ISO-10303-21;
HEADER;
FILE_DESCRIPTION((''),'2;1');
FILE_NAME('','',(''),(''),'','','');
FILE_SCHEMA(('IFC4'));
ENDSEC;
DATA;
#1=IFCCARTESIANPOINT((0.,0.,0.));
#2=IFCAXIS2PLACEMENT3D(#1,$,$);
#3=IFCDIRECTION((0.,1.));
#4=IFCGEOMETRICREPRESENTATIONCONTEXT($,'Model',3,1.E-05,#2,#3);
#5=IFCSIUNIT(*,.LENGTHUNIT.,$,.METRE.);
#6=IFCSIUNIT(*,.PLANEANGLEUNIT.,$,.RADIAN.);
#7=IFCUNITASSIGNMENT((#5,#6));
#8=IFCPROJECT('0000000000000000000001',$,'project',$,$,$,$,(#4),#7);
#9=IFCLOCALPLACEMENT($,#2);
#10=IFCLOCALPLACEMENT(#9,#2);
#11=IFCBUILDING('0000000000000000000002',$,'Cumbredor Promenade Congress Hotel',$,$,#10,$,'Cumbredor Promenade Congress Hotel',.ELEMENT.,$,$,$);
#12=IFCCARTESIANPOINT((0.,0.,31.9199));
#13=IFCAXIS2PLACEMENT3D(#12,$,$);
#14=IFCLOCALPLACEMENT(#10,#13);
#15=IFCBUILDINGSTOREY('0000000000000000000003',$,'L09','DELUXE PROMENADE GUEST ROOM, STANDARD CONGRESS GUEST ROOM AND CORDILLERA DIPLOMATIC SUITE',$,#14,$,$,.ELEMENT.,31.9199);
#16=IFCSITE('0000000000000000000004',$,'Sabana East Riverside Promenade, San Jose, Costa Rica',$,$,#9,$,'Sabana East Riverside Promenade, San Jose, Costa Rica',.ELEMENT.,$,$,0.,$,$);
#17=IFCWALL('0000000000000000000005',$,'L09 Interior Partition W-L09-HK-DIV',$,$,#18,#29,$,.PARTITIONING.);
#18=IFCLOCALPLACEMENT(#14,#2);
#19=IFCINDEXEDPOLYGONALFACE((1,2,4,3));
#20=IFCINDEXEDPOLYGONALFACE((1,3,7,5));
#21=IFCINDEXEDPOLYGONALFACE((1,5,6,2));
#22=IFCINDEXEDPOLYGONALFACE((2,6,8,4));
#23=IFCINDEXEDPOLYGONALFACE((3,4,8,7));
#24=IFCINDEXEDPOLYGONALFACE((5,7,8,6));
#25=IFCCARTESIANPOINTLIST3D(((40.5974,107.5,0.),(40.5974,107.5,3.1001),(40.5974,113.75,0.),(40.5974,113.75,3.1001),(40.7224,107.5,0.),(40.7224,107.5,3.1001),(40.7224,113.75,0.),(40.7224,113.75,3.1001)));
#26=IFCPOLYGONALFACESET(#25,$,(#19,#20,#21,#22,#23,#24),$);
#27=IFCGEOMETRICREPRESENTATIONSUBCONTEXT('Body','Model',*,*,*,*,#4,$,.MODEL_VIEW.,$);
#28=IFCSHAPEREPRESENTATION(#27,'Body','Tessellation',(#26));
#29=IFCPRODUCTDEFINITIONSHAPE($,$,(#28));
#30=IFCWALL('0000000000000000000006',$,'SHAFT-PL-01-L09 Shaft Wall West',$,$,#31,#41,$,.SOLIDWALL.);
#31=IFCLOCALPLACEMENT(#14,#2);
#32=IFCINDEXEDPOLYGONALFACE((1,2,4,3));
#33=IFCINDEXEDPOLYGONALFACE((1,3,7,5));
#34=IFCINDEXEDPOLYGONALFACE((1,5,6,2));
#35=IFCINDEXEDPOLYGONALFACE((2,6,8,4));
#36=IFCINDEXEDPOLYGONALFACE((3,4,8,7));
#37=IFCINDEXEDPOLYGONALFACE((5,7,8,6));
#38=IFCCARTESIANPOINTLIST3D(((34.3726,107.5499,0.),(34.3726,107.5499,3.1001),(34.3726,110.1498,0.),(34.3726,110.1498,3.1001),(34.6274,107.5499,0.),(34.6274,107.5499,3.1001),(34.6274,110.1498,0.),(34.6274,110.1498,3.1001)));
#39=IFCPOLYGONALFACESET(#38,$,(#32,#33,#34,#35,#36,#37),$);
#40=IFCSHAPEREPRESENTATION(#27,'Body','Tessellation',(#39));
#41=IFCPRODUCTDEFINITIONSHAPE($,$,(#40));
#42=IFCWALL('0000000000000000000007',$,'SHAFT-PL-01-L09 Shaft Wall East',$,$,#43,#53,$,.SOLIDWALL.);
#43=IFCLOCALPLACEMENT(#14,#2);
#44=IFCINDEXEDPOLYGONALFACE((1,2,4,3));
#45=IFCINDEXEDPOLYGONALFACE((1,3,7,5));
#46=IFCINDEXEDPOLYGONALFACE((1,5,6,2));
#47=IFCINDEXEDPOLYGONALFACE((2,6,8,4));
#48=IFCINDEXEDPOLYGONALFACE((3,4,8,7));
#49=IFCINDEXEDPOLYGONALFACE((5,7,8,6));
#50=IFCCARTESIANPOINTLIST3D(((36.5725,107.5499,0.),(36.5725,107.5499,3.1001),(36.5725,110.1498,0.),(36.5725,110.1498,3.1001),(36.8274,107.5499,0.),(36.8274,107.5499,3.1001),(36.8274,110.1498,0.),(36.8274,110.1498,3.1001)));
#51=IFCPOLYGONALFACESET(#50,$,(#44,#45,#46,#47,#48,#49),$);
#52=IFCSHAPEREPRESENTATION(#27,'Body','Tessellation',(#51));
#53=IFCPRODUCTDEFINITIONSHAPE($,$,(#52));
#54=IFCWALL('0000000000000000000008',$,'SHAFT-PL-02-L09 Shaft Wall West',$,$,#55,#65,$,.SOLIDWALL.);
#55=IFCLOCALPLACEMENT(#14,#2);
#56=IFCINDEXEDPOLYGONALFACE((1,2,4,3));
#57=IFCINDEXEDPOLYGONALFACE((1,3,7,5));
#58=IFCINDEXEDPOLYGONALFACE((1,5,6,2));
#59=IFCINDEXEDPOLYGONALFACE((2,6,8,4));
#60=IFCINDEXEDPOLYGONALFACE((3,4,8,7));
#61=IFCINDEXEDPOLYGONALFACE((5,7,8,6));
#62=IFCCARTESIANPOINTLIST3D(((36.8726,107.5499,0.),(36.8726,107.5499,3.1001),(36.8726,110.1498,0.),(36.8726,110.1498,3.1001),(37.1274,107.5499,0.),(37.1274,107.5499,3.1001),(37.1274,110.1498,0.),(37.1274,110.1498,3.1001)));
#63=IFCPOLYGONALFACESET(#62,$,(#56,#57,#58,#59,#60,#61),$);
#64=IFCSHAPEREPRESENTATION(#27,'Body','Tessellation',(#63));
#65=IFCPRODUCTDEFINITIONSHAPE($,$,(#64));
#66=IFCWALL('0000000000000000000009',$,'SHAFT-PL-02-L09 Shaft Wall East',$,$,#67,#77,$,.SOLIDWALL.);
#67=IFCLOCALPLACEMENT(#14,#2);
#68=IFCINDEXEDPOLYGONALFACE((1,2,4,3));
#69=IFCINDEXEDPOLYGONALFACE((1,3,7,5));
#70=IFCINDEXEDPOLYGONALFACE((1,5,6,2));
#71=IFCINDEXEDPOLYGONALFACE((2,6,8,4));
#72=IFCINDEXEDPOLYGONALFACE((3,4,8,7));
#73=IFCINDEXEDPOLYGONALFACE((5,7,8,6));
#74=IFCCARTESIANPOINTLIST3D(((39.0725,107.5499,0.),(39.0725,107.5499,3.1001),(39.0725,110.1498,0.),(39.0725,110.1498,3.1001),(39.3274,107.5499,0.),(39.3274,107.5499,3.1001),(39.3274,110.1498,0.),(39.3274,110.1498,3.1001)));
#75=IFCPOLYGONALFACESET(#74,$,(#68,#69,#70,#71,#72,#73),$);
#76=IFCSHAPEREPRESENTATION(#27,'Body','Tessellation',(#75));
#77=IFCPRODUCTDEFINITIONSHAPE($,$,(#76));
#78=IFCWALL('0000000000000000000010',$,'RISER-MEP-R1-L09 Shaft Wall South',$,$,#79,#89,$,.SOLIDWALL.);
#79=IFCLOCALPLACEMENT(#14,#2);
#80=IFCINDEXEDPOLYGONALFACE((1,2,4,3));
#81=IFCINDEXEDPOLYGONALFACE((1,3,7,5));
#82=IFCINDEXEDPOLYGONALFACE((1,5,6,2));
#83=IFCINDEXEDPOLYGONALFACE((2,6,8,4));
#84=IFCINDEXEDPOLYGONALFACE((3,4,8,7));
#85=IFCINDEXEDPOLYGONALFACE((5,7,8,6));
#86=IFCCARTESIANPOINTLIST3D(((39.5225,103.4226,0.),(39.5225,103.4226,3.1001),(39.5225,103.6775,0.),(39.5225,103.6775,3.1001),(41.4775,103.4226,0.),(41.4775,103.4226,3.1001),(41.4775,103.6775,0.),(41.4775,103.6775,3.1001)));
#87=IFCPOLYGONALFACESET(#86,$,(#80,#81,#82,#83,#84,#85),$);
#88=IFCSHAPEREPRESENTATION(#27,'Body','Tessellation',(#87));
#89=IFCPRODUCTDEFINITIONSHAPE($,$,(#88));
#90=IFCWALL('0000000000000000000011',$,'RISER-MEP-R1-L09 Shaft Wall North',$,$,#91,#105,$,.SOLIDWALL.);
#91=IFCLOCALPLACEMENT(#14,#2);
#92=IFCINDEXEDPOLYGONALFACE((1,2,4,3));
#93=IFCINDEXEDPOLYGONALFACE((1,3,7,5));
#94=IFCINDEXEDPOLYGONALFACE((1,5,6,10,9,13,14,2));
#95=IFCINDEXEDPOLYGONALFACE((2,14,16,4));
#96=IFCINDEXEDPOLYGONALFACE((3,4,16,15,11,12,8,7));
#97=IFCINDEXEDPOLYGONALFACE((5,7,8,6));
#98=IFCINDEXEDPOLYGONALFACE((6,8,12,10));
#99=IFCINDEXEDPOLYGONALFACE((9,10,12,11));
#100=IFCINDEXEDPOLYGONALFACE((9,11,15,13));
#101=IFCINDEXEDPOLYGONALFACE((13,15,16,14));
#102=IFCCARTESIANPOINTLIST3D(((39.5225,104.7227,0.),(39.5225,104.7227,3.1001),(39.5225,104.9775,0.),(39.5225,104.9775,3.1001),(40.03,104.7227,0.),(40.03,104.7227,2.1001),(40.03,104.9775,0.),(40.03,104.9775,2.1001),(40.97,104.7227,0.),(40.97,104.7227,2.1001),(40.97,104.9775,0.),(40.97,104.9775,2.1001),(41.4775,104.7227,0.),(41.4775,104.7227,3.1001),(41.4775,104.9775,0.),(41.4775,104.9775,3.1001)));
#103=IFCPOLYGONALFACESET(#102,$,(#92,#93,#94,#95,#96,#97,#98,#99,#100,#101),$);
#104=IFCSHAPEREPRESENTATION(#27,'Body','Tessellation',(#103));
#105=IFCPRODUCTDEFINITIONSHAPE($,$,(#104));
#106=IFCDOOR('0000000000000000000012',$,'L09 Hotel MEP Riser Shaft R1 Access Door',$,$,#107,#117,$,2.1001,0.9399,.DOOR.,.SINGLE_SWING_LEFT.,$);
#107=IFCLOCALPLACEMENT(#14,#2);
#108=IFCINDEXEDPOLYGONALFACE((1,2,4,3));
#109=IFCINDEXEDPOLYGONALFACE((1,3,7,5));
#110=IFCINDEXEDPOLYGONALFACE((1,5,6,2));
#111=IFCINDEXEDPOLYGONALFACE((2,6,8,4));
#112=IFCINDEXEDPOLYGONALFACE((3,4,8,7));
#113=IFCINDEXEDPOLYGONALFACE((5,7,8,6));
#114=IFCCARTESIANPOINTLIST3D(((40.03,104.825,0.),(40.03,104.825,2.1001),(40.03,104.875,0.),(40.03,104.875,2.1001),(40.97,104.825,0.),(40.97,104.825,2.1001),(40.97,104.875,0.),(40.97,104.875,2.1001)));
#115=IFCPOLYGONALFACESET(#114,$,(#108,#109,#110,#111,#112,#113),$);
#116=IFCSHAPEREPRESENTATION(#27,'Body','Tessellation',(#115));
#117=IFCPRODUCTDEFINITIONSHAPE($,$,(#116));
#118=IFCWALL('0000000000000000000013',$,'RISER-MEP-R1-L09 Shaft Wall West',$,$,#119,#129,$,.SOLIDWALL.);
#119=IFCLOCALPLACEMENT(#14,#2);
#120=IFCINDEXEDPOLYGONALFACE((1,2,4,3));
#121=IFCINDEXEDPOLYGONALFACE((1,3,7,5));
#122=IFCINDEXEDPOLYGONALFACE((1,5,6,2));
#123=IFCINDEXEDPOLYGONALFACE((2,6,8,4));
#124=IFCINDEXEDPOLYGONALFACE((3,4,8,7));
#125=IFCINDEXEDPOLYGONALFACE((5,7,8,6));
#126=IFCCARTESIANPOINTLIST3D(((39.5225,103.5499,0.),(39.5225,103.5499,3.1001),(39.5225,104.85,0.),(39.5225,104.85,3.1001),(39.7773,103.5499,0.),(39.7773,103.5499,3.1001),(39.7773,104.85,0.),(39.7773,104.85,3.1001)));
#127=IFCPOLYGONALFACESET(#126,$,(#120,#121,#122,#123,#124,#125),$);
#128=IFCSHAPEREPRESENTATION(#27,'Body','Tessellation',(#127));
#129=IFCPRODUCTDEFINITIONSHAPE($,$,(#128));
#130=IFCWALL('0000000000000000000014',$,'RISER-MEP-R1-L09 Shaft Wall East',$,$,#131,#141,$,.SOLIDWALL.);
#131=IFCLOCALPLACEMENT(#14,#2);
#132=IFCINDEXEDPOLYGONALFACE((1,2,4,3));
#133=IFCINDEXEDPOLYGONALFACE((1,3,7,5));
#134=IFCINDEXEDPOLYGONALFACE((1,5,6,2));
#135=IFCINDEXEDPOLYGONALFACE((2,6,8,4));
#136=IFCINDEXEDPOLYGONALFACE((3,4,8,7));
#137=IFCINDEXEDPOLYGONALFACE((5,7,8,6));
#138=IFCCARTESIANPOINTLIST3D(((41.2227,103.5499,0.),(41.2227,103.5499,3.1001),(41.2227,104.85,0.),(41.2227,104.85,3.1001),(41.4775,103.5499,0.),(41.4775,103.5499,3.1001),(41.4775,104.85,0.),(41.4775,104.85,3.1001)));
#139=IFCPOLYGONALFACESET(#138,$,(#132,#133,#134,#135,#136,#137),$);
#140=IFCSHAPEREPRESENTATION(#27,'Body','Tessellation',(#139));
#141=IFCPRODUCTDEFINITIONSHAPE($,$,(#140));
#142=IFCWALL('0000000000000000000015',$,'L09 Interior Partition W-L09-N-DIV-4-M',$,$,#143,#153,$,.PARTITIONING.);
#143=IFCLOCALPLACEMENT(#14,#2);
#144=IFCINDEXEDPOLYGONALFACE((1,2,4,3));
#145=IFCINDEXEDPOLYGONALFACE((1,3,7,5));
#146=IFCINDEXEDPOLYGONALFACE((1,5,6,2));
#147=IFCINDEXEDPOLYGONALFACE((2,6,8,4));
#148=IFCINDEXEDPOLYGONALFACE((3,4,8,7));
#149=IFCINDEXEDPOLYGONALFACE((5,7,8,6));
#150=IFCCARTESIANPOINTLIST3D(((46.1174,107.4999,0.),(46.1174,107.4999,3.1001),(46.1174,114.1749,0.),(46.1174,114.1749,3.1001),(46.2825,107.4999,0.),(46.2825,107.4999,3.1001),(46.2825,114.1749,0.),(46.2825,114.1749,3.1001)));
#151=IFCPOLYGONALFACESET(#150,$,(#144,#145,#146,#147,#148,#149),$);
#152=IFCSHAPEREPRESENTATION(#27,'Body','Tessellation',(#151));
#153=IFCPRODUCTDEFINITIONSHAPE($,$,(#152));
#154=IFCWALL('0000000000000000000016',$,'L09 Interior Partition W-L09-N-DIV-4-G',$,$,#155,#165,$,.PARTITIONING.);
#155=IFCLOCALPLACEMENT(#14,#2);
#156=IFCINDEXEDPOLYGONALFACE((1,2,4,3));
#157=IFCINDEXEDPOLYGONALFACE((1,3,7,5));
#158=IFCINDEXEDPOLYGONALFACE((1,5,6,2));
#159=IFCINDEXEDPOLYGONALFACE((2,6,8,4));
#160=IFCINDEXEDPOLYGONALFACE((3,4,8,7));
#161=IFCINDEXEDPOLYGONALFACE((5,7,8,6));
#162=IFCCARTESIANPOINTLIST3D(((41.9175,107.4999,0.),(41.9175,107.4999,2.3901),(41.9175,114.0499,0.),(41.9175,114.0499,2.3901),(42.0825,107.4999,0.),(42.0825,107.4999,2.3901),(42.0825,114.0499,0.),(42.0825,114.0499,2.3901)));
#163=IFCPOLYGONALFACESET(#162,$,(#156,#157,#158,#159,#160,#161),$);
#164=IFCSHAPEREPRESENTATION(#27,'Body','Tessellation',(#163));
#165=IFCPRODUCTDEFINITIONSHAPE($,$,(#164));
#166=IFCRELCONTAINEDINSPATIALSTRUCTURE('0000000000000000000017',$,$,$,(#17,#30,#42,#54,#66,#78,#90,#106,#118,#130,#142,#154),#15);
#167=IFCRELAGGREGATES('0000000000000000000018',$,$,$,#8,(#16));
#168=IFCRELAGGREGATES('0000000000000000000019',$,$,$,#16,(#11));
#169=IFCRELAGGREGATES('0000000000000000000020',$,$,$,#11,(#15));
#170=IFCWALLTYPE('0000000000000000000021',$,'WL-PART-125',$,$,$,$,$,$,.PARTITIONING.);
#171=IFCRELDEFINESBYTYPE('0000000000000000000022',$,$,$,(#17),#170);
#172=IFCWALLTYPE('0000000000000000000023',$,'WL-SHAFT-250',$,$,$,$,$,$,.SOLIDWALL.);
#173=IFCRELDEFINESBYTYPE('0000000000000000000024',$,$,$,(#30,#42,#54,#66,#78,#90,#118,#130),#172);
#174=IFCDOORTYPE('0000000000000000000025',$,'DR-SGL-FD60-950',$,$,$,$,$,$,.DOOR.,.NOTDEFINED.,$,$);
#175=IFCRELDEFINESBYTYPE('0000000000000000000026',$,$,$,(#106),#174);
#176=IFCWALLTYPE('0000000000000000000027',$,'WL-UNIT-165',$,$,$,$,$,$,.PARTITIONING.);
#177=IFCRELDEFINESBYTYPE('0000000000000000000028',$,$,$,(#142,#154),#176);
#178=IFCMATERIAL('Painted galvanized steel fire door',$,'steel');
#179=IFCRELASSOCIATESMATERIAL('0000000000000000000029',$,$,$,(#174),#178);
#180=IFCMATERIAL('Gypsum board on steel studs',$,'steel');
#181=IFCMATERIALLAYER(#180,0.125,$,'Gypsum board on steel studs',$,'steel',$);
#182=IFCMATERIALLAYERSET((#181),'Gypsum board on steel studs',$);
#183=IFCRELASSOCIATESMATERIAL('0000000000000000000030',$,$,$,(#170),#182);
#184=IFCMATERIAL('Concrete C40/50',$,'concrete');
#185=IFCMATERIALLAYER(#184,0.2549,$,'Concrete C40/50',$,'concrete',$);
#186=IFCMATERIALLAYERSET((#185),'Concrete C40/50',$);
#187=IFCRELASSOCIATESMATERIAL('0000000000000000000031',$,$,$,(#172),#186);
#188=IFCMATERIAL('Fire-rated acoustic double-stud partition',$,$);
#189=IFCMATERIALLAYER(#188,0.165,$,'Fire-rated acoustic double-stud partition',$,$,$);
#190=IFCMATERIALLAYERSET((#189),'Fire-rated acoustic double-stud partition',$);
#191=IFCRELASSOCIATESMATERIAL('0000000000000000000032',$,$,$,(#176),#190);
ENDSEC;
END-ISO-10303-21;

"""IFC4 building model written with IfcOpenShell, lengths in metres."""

from ifc_helpers import new_model, si_unit, direction, frame, frame_2d, origin, place, context, subcontext, project, spatial, rectangle, extrude, material, layer, layer_set, type_object, element, fill, save


model = new_model("IFC4")

# Units and contexts
model_context = context("Model", 3, precision=1e-05, world=origin(), true_north=direction((0.0, 1.0)))
body_context = subcontext(model_context, "Body", "Model", "MODEL_VIEW")
ifc_project = project(units=[si_unit("LENGTHUNIT", "METRE"), si_unit("PLANEANGLEUNIT", "RADIAN")], contexts=[model_context])

# Site, building, storey
site_placement = place(None, origin())
site = spatial("IfcSite", under=ifc_project, at=site_placement, Name="Sabana East Riverside Promenade, San Jose, Costa Rica", LongName="Sabana East Riverside Promenade, San Jose, Costa Rica", CompositionType="ELEMENT", RefElevation=0.0)
building_placement = place(site_placement, origin())
building = spatial("IfcBuilding", under=site, at=building_placement, Name="Cumbredor Promenade Congress Hotel", LongName="Cumbredor Promenade Congress Hotel", CompositionType="ELEMENT")
storey_placement = place(building_placement, frame((0.0, 0.0, 31.9199)))
storey = spatial("IfcBuildingStorey", under=building, at=storey_placement, Name="L09", Description="DELUXE PROMENADE GUEST ROOM, STANDARD CONGRESS GUEST ROOM AND CORDILLERA DIPLOMATIC SUITE", CompositionType="ELEMENT", Elevation=31.9199)

# Shared definitions
ifc_material_1 = material(Name="Painted galvanized steel fire door", Category="steel")
door_type_1 = type_object("IfcDoorType", Name="DR-SGL-FD60-950", OperationType="NOTDEFINED", PredefinedType="DOOR", material=ifc_material_1)

# Wall
ifc_material_2 = material(Name="Gypsum board on steel studs", Category="steel")
ifc_layer_1 = layer(ifc_material_2, 0.125, Name="Gypsum board on steel studs", Category="steel")
ifc_layer_set_1 = layer_set([ifc_layer_1], Name="Gypsum board on steel studs")
wall_type_1 = type_object("IfcWallType", Name="WL-PART-125", PredefinedType="PARTITIONING", material=ifc_layer_set_1)
wall_1_placement = place(storey_placement, frame((40.6599, 107.5, 0.0), z_axis=(0.0, 0.0, 1.0), x_axis=(0.0, 1.0, 0.0)))
element("IfcWall", 1, at=wall_1_placement, inside=storey, type_object=wall_type_1, Name="L09 Interior Partition W-L09-HK-DIV", PredefinedType="PARTITIONING", context=body_context, shape_type="SweptSolid", body=[
    extrude(rectangle(XDim=6.25, YDim=0.125, at=frame_2d((3.125, 0.0))), origin(), (0.0, 0.0, 1.0), 3.1001),
])

# Shared definitions
ifc_material_3 = material(Name="Concrete C40/50", Category="concrete")
ifc_layer_2 = layer(ifc_material_3, 0.2549, Name="Concrete C40/50", Category="concrete")
ifc_layer_set_2 = layer_set([ifc_layer_2], Name="Concrete C40/50")
wall_type_2 = type_object("IfcWallType", Name="WL-SHAFT-250", PredefinedType="SOLIDWALL", material=ifc_layer_set_2)

# Walls
for number, where, z_axis, x_axis, name in (
    (2, (34.5, 107.55, 0.0), (0.0, 0.0, 1.0), (0.0, 1.0, 0.0), "SHAFT-PL-01-L09 Shaft Wall West"),
    (3, (36.7, 107.55, 0.0), (0.0, 0.0, 1.0), (0.0, 1.0, 0.0), "SHAFT-PL-01-L09 Shaft Wall East"),
):
    element("IfcWall", number, at=place(storey_placement, frame(where, z_axis=z_axis, x_axis=x_axis)), inside=storey, type_object=wall_type_2, Name=name, PredefinedType="SOLIDWALL", context=body_context, shape_type="SweptSolid", body=[
        extrude(rectangle(XDim=2.5999, YDim=0.2549, at=frame_2d((1.2998, 0.0))), origin(), (0.0, 0.0, 1.0), 3.1001),
    ])

# Walls
for number, where, z_axis, x_axis, name in (
    (4, (37.0, 107.55, 0.0), (0.0, 0.0, 1.0), (0.0, 1.0, 0.0), "SHAFT-PL-02-L09 Shaft Wall West"),
    (5, (39.2, 107.55, 0.0), (0.0, 0.0, 1.0), (0.0, 1.0, 0.0), "SHAFT-PL-02-L09 Shaft Wall East"),
):
    element("IfcWall", number, at=place(storey_placement, frame(where, z_axis=z_axis, x_axis=x_axis)), inside=storey, type_object=wall_type_2, Name=name, PredefinedType="SOLIDWALL", context=body_context, shape_type="SweptSolid", body=[
        extrude(rectangle(XDim=2.5999, YDim=0.2549, at=frame_2d((1.2998, 0.0))), origin(), (0.0, 0.0, 1.0), 3.1001),
    ])
wall_2_placement = place(storey_placement, frame((39.5225, 103.55, 0.0), z_axis=(0.0, 0.0, 1.0), x_axis=(1.0, 0.0, 0.0)))
element("IfcWall", 6, at=wall_2_placement, inside=storey, type_object=wall_type_2, Name="RISER-MEP-R1-L09 Shaft Wall South", PredefinedType="SOLIDWALL", context=body_context, shape_type="SweptSolid", body=[
    extrude(rectangle(XDim=1.9551, YDim=0.2549, at=frame_2d((0.9775, 0.0))), origin(), (0.0, 0.0, 1.0), 3.1001),
])

# Wall, opening, door
wall_3_placement = place(storey_placement, frame((39.5225, 104.8501, 0.0), z_axis=(0.0, 0.0, 1.0), x_axis=(1.0, 0.0, 0.0)))
wall_3 = element("IfcWall", 7, at=wall_3_placement, inside=storey, type_object=wall_type_2, Name="RISER-MEP-R1-L09 Shaft Wall North", PredefinedType="SOLIDWALL", context=body_context, shape_type="SweptSolid", body=[
    extrude(rectangle(XDim=1.9551, YDim=0.2549, at=frame_2d((0.9775, 0.0))), origin(), (0.0, 0.0, 1.0), 3.1001),
])
opening_1_placement = place(wall_3_placement, frame((0.5076, 0.0, 0.0)))
opening_1 = element("IfcOpeningElement", 8, at=opening_1_placement, cuts=wall_3, PredefinedType="OPENING", context=body_context, shape_type="SweptSolid", body=[
    extrude(rectangle(XDim=0.9399, YDim=2.1001, at=frame_2d((0.47, 1.05))), frame((0.0, 0.1375, 0.0), z_axis=(0.0, -1.0, 0.0), x_axis=(1.0, 0.0, 0.0)), (0.0, 0.0, 1.0), 0.2749),
])
door_1_placement = place(opening_1_placement, origin())
door_1 = element("IfcDoor", 9, at=door_1_placement, inside=storey, type_object=door_type_1, Name="L09 Hotel MEP Riser Shaft R1 Access Door", OperationType="SINGLE_SWING_LEFT", OverallHeight=2.1001, OverallWidth=0.9399, PredefinedType="DOOR", context=body_context, shape_type="SweptSolid", body=[
    extrude(rectangle(XDim=0.9399, YDim=2.1001, at=frame_2d((0.47, 1.05))), frame((0.0, 0.0249, 0.0), z_axis=(0.0, -1.0, 0.0), x_axis=(1.0, 0.0, 0.0)), (0.0, 0.0, 1.0), 0.05),
])
fill(opening_1, door_1)

# Walls
for number, where, z_axis, x_axis, name in (
    (10, (39.6499, 103.55, 0.0), (0.0, 0.0, 1.0), (0.0, 1.0, 0.0), "RISER-MEP-R1-L09 Shaft Wall West"),
    (11, (41.3501, 103.55, 0.0), (0.0, 0.0, 1.0), (0.0, 1.0, 0.0), "RISER-MEP-R1-L09 Shaft Wall East"),
):
    element("IfcWall", number, at=place(storey_placement, frame(where, z_axis=z_axis, x_axis=x_axis)), inside=storey, type_object=wall_type_2, Name=name, PredefinedType="SOLIDWALL", context=body_context, shape_type="SweptSolid", body=[
        extrude(rectangle(XDim=1.3, YDim=0.2549, at=frame_2d((0.6499, 0.0))), origin(), (0.0, 0.0, 1.0), 3.1001),
    ])
ifc_material_4 = material(Name="Fire-rated acoustic double-stud partition")
ifc_layer_3 = layer(ifc_material_4, 0.165, Name="Fire-rated acoustic double-stud partition")
ifc_layer_set_3 = layer_set([ifc_layer_3], Name="Fire-rated acoustic double-stud partition")
wall_type_3 = type_object("IfcWallType", Name="WL-UNIT-165", PredefinedType="PARTITIONING", material=ifc_layer_set_3)
wall_4_placement = place(storey_placement, frame((46.2, 107.5, 0.0), z_axis=(0.0, 0.0, 1.0), x_axis=(0.0, 1.0, 0.0)))
element("IfcWall", 12, at=wall_4_placement, inside=storey, type_object=wall_type_3, Name="L09 Interior Partition W-L09-N-DIV-4-M", PredefinedType="PARTITIONING", context=body_context, shape_type="SweptSolid", body=[
    extrude(rectangle(XDim=6.675, YDim=0.165, at=frame_2d((3.3374, 0.0))), origin(), (0.0, 0.0, 1.0), 3.1001),
])
wall_5_placement = place(storey_placement, frame((42.0, 107.5, 0.0), z_axis=(0.0, 0.0, 1.0), x_axis=(0.0, 1.0, 0.0)))
element("IfcWall", 13, at=wall_5_placement, inside=storey, type_object=wall_type_3, Name="L09 Interior Partition W-L09-N-DIV-4-G", PredefinedType="PARTITIONING", context=body_context, shape_type="SweptSolid", body=[
    extrude(rectangle(XDim=6.55, YDim=0.165, at=frame_2d((3.2749, 0.0))), origin(), (0.0, 0.0, 1.0), 2.3901),
])

save(model, "model.ifc")
